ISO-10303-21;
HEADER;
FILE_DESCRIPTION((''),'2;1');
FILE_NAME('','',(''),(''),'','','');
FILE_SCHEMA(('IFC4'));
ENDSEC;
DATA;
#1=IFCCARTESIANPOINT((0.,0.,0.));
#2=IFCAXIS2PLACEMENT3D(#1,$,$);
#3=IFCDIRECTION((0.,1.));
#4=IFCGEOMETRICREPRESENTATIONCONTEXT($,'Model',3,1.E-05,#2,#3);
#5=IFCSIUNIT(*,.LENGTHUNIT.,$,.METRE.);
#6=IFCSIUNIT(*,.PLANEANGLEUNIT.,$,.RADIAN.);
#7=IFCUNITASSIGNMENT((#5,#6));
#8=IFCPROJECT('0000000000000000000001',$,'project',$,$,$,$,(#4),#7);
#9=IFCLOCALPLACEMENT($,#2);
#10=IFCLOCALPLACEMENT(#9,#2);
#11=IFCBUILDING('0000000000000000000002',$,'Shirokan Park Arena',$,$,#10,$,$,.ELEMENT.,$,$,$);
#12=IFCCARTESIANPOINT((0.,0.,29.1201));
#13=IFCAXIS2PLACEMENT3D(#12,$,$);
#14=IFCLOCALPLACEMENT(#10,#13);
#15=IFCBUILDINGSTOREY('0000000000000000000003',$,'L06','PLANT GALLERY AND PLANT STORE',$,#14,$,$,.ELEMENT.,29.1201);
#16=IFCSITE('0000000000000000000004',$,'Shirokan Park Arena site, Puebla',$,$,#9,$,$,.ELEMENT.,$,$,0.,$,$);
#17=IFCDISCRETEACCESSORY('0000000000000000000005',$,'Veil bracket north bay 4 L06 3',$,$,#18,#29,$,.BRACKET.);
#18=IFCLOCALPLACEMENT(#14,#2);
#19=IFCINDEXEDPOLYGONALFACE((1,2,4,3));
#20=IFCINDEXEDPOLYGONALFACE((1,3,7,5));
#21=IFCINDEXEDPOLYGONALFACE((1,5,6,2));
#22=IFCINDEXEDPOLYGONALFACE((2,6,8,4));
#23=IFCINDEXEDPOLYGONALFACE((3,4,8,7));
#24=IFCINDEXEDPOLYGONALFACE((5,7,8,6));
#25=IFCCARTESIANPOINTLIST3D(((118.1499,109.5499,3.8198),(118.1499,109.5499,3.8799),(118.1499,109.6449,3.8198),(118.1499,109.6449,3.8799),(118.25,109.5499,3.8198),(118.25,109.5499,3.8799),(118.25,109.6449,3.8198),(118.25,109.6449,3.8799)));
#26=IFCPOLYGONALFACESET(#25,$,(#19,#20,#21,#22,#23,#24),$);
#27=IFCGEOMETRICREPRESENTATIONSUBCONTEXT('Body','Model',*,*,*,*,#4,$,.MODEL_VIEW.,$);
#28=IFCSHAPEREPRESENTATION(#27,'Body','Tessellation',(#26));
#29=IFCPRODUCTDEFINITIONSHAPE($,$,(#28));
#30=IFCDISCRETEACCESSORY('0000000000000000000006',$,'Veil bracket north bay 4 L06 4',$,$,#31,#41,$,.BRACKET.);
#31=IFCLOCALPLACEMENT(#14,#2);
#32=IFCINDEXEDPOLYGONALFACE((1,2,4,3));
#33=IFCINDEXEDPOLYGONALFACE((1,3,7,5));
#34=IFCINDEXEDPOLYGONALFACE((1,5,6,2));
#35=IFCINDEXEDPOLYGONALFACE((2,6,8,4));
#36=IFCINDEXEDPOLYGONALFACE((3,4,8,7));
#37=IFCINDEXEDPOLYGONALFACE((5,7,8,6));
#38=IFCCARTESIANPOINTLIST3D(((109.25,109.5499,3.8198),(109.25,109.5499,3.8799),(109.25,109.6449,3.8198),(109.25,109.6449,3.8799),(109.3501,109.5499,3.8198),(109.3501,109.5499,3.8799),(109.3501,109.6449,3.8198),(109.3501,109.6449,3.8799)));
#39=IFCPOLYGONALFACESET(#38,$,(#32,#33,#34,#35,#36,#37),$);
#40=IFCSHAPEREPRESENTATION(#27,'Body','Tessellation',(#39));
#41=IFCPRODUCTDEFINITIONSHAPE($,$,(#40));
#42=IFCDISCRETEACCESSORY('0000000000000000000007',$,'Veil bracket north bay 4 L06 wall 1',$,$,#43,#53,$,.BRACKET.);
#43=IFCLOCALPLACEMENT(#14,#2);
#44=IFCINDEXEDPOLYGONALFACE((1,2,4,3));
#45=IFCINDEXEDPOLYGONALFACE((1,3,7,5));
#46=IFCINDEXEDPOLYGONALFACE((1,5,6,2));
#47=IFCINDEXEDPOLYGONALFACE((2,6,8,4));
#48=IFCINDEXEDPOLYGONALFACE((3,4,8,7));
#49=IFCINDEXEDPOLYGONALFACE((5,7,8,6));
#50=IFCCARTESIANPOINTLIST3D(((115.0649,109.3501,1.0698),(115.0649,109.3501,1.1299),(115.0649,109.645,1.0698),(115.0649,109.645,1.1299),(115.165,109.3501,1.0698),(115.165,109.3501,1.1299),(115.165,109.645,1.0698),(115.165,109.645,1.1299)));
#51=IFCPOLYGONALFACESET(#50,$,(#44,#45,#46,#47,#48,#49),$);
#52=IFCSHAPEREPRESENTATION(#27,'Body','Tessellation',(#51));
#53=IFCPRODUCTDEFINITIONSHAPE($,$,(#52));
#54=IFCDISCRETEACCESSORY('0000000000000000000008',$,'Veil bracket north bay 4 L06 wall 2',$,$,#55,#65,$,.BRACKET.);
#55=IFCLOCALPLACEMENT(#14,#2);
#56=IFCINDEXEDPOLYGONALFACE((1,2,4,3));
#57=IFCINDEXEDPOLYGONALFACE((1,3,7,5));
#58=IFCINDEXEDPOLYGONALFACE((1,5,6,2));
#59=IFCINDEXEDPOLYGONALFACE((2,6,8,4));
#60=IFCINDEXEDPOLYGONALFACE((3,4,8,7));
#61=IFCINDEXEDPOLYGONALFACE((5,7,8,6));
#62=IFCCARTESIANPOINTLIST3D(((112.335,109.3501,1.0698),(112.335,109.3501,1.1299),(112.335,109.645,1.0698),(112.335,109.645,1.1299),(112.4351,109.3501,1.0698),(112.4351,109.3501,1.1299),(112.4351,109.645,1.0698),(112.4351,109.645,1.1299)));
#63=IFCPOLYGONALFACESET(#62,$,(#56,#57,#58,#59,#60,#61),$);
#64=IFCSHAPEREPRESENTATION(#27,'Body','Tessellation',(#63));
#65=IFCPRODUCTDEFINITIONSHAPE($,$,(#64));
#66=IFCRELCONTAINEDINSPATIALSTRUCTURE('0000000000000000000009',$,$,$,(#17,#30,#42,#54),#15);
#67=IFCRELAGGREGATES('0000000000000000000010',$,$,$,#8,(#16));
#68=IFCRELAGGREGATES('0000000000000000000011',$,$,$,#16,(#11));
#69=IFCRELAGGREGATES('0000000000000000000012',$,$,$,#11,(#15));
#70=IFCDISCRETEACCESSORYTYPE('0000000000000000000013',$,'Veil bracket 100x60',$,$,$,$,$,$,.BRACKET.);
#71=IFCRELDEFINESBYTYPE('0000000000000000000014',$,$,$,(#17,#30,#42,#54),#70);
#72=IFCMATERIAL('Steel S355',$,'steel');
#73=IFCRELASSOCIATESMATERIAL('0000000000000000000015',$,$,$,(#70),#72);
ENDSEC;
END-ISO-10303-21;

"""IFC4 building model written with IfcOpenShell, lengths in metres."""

from ifc_helpers import new_model, si_unit, direction, frame, origin, origin_2d, place, context, subcontext, project, spatial, rectangle, extrude, material, type_object, element, save


model = new_model("IFC4")

# Units and contexts
model_context = context("Model", 3, precision=1e-05, world=origin(), true_north=direction((0.0, 1.0)))
body_context = subcontext(model_context, "Body", "Model", "MODEL_VIEW")
ifc_project = project(units=[si_unit("LENGTHUNIT", "METRE"), si_unit("PLANEANGLEUNIT", "RADIAN")], contexts=[model_context])

# Site, building, storey
site_placement = place(None, origin())
site = spatial("IfcSite", under=ifc_project, at=site_placement, Name="Shirokan Park Arena site, Puebla", CompositionType="ELEMENT", RefElevation=0.0)
building_placement = place(site_placement, origin())
building = spatial("IfcBuilding", under=site, at=building_placement, Name="Shirokan Park Arena", CompositionType="ELEMENT")
storey_placement = place(building_placement, frame((0.0, 0.0, 29.1201)))
storey = spatial("IfcBuildingStorey", under=building, at=storey_placement, Name="L06", Description="PLANT GALLERY AND PLANT STORE", CompositionType="ELEMENT", Elevation=29.1201)

# Discrete accessories
ifc_material_1 = material(Name="Steel S355", Category="steel")
discrete_accessory_type = type_object("IfcDiscreteAccessoryType", Name="Veil bracket 100x60", PredefinedType="BRACKET", material=ifc_material_1)
for number, where, z_axis, x_axis, name in (
    (1, (118.2, 109.5974, 3.8198), (0.0, 0.0, 1.0), (-1.0, 0.0, 0.0), "Veil bracket north bay 4 L06 3"),
    (2, (109.3, 109.5974, 3.8198), (0.0, 0.0, 1.0), (-1.0, 0.0, 0.0), "Veil bracket north bay 4 L06 4"),
):
    element("IfcDiscreteAccessory", number, at=place(storey_placement, frame(where, z_axis=z_axis, x_axis=x_axis)), inside=storey, type_object=discrete_accessory_type, Name=name, PredefinedType="BRACKET", context=body_context, shape_type="SweptSolid", body=[
        extrude(rectangle(XDim=0.1001, YDim=0.095, at=origin_2d()), origin(), (0.0, 0.0, 1.0), 0.0601),
    ])
for number, where, z_axis, x_axis, name in (
    (3, (115.115, 109.4976, 1.0698), (0.0, 0.0, 1.0), (-1.0, 0.0, 0.0), "Veil bracket north bay 4 L06 wall 1"),
    (4, (112.385, 109.4976, 1.0698), (0.0, 0.0, 1.0), (-1.0, 0.0, 0.0), "Veil bracket north bay 4 L06 wall 2"),
):
    element("IfcDiscreteAccessory", number, at=place(storey_placement, frame(where, z_axis=z_axis, x_axis=x_axis)), inside=storey, type_object=discrete_accessory_type, Name=name, PredefinedType="BRACKET", context=body_context, shape_type="SweptSolid", body=[
        extrude(rectangle(XDim=0.1001, YDim=0.2949, at=origin_2d()), origin(), (0.0, 0.0, 1.0), 0.0601),
    ])

save(model, "model.ifc")
